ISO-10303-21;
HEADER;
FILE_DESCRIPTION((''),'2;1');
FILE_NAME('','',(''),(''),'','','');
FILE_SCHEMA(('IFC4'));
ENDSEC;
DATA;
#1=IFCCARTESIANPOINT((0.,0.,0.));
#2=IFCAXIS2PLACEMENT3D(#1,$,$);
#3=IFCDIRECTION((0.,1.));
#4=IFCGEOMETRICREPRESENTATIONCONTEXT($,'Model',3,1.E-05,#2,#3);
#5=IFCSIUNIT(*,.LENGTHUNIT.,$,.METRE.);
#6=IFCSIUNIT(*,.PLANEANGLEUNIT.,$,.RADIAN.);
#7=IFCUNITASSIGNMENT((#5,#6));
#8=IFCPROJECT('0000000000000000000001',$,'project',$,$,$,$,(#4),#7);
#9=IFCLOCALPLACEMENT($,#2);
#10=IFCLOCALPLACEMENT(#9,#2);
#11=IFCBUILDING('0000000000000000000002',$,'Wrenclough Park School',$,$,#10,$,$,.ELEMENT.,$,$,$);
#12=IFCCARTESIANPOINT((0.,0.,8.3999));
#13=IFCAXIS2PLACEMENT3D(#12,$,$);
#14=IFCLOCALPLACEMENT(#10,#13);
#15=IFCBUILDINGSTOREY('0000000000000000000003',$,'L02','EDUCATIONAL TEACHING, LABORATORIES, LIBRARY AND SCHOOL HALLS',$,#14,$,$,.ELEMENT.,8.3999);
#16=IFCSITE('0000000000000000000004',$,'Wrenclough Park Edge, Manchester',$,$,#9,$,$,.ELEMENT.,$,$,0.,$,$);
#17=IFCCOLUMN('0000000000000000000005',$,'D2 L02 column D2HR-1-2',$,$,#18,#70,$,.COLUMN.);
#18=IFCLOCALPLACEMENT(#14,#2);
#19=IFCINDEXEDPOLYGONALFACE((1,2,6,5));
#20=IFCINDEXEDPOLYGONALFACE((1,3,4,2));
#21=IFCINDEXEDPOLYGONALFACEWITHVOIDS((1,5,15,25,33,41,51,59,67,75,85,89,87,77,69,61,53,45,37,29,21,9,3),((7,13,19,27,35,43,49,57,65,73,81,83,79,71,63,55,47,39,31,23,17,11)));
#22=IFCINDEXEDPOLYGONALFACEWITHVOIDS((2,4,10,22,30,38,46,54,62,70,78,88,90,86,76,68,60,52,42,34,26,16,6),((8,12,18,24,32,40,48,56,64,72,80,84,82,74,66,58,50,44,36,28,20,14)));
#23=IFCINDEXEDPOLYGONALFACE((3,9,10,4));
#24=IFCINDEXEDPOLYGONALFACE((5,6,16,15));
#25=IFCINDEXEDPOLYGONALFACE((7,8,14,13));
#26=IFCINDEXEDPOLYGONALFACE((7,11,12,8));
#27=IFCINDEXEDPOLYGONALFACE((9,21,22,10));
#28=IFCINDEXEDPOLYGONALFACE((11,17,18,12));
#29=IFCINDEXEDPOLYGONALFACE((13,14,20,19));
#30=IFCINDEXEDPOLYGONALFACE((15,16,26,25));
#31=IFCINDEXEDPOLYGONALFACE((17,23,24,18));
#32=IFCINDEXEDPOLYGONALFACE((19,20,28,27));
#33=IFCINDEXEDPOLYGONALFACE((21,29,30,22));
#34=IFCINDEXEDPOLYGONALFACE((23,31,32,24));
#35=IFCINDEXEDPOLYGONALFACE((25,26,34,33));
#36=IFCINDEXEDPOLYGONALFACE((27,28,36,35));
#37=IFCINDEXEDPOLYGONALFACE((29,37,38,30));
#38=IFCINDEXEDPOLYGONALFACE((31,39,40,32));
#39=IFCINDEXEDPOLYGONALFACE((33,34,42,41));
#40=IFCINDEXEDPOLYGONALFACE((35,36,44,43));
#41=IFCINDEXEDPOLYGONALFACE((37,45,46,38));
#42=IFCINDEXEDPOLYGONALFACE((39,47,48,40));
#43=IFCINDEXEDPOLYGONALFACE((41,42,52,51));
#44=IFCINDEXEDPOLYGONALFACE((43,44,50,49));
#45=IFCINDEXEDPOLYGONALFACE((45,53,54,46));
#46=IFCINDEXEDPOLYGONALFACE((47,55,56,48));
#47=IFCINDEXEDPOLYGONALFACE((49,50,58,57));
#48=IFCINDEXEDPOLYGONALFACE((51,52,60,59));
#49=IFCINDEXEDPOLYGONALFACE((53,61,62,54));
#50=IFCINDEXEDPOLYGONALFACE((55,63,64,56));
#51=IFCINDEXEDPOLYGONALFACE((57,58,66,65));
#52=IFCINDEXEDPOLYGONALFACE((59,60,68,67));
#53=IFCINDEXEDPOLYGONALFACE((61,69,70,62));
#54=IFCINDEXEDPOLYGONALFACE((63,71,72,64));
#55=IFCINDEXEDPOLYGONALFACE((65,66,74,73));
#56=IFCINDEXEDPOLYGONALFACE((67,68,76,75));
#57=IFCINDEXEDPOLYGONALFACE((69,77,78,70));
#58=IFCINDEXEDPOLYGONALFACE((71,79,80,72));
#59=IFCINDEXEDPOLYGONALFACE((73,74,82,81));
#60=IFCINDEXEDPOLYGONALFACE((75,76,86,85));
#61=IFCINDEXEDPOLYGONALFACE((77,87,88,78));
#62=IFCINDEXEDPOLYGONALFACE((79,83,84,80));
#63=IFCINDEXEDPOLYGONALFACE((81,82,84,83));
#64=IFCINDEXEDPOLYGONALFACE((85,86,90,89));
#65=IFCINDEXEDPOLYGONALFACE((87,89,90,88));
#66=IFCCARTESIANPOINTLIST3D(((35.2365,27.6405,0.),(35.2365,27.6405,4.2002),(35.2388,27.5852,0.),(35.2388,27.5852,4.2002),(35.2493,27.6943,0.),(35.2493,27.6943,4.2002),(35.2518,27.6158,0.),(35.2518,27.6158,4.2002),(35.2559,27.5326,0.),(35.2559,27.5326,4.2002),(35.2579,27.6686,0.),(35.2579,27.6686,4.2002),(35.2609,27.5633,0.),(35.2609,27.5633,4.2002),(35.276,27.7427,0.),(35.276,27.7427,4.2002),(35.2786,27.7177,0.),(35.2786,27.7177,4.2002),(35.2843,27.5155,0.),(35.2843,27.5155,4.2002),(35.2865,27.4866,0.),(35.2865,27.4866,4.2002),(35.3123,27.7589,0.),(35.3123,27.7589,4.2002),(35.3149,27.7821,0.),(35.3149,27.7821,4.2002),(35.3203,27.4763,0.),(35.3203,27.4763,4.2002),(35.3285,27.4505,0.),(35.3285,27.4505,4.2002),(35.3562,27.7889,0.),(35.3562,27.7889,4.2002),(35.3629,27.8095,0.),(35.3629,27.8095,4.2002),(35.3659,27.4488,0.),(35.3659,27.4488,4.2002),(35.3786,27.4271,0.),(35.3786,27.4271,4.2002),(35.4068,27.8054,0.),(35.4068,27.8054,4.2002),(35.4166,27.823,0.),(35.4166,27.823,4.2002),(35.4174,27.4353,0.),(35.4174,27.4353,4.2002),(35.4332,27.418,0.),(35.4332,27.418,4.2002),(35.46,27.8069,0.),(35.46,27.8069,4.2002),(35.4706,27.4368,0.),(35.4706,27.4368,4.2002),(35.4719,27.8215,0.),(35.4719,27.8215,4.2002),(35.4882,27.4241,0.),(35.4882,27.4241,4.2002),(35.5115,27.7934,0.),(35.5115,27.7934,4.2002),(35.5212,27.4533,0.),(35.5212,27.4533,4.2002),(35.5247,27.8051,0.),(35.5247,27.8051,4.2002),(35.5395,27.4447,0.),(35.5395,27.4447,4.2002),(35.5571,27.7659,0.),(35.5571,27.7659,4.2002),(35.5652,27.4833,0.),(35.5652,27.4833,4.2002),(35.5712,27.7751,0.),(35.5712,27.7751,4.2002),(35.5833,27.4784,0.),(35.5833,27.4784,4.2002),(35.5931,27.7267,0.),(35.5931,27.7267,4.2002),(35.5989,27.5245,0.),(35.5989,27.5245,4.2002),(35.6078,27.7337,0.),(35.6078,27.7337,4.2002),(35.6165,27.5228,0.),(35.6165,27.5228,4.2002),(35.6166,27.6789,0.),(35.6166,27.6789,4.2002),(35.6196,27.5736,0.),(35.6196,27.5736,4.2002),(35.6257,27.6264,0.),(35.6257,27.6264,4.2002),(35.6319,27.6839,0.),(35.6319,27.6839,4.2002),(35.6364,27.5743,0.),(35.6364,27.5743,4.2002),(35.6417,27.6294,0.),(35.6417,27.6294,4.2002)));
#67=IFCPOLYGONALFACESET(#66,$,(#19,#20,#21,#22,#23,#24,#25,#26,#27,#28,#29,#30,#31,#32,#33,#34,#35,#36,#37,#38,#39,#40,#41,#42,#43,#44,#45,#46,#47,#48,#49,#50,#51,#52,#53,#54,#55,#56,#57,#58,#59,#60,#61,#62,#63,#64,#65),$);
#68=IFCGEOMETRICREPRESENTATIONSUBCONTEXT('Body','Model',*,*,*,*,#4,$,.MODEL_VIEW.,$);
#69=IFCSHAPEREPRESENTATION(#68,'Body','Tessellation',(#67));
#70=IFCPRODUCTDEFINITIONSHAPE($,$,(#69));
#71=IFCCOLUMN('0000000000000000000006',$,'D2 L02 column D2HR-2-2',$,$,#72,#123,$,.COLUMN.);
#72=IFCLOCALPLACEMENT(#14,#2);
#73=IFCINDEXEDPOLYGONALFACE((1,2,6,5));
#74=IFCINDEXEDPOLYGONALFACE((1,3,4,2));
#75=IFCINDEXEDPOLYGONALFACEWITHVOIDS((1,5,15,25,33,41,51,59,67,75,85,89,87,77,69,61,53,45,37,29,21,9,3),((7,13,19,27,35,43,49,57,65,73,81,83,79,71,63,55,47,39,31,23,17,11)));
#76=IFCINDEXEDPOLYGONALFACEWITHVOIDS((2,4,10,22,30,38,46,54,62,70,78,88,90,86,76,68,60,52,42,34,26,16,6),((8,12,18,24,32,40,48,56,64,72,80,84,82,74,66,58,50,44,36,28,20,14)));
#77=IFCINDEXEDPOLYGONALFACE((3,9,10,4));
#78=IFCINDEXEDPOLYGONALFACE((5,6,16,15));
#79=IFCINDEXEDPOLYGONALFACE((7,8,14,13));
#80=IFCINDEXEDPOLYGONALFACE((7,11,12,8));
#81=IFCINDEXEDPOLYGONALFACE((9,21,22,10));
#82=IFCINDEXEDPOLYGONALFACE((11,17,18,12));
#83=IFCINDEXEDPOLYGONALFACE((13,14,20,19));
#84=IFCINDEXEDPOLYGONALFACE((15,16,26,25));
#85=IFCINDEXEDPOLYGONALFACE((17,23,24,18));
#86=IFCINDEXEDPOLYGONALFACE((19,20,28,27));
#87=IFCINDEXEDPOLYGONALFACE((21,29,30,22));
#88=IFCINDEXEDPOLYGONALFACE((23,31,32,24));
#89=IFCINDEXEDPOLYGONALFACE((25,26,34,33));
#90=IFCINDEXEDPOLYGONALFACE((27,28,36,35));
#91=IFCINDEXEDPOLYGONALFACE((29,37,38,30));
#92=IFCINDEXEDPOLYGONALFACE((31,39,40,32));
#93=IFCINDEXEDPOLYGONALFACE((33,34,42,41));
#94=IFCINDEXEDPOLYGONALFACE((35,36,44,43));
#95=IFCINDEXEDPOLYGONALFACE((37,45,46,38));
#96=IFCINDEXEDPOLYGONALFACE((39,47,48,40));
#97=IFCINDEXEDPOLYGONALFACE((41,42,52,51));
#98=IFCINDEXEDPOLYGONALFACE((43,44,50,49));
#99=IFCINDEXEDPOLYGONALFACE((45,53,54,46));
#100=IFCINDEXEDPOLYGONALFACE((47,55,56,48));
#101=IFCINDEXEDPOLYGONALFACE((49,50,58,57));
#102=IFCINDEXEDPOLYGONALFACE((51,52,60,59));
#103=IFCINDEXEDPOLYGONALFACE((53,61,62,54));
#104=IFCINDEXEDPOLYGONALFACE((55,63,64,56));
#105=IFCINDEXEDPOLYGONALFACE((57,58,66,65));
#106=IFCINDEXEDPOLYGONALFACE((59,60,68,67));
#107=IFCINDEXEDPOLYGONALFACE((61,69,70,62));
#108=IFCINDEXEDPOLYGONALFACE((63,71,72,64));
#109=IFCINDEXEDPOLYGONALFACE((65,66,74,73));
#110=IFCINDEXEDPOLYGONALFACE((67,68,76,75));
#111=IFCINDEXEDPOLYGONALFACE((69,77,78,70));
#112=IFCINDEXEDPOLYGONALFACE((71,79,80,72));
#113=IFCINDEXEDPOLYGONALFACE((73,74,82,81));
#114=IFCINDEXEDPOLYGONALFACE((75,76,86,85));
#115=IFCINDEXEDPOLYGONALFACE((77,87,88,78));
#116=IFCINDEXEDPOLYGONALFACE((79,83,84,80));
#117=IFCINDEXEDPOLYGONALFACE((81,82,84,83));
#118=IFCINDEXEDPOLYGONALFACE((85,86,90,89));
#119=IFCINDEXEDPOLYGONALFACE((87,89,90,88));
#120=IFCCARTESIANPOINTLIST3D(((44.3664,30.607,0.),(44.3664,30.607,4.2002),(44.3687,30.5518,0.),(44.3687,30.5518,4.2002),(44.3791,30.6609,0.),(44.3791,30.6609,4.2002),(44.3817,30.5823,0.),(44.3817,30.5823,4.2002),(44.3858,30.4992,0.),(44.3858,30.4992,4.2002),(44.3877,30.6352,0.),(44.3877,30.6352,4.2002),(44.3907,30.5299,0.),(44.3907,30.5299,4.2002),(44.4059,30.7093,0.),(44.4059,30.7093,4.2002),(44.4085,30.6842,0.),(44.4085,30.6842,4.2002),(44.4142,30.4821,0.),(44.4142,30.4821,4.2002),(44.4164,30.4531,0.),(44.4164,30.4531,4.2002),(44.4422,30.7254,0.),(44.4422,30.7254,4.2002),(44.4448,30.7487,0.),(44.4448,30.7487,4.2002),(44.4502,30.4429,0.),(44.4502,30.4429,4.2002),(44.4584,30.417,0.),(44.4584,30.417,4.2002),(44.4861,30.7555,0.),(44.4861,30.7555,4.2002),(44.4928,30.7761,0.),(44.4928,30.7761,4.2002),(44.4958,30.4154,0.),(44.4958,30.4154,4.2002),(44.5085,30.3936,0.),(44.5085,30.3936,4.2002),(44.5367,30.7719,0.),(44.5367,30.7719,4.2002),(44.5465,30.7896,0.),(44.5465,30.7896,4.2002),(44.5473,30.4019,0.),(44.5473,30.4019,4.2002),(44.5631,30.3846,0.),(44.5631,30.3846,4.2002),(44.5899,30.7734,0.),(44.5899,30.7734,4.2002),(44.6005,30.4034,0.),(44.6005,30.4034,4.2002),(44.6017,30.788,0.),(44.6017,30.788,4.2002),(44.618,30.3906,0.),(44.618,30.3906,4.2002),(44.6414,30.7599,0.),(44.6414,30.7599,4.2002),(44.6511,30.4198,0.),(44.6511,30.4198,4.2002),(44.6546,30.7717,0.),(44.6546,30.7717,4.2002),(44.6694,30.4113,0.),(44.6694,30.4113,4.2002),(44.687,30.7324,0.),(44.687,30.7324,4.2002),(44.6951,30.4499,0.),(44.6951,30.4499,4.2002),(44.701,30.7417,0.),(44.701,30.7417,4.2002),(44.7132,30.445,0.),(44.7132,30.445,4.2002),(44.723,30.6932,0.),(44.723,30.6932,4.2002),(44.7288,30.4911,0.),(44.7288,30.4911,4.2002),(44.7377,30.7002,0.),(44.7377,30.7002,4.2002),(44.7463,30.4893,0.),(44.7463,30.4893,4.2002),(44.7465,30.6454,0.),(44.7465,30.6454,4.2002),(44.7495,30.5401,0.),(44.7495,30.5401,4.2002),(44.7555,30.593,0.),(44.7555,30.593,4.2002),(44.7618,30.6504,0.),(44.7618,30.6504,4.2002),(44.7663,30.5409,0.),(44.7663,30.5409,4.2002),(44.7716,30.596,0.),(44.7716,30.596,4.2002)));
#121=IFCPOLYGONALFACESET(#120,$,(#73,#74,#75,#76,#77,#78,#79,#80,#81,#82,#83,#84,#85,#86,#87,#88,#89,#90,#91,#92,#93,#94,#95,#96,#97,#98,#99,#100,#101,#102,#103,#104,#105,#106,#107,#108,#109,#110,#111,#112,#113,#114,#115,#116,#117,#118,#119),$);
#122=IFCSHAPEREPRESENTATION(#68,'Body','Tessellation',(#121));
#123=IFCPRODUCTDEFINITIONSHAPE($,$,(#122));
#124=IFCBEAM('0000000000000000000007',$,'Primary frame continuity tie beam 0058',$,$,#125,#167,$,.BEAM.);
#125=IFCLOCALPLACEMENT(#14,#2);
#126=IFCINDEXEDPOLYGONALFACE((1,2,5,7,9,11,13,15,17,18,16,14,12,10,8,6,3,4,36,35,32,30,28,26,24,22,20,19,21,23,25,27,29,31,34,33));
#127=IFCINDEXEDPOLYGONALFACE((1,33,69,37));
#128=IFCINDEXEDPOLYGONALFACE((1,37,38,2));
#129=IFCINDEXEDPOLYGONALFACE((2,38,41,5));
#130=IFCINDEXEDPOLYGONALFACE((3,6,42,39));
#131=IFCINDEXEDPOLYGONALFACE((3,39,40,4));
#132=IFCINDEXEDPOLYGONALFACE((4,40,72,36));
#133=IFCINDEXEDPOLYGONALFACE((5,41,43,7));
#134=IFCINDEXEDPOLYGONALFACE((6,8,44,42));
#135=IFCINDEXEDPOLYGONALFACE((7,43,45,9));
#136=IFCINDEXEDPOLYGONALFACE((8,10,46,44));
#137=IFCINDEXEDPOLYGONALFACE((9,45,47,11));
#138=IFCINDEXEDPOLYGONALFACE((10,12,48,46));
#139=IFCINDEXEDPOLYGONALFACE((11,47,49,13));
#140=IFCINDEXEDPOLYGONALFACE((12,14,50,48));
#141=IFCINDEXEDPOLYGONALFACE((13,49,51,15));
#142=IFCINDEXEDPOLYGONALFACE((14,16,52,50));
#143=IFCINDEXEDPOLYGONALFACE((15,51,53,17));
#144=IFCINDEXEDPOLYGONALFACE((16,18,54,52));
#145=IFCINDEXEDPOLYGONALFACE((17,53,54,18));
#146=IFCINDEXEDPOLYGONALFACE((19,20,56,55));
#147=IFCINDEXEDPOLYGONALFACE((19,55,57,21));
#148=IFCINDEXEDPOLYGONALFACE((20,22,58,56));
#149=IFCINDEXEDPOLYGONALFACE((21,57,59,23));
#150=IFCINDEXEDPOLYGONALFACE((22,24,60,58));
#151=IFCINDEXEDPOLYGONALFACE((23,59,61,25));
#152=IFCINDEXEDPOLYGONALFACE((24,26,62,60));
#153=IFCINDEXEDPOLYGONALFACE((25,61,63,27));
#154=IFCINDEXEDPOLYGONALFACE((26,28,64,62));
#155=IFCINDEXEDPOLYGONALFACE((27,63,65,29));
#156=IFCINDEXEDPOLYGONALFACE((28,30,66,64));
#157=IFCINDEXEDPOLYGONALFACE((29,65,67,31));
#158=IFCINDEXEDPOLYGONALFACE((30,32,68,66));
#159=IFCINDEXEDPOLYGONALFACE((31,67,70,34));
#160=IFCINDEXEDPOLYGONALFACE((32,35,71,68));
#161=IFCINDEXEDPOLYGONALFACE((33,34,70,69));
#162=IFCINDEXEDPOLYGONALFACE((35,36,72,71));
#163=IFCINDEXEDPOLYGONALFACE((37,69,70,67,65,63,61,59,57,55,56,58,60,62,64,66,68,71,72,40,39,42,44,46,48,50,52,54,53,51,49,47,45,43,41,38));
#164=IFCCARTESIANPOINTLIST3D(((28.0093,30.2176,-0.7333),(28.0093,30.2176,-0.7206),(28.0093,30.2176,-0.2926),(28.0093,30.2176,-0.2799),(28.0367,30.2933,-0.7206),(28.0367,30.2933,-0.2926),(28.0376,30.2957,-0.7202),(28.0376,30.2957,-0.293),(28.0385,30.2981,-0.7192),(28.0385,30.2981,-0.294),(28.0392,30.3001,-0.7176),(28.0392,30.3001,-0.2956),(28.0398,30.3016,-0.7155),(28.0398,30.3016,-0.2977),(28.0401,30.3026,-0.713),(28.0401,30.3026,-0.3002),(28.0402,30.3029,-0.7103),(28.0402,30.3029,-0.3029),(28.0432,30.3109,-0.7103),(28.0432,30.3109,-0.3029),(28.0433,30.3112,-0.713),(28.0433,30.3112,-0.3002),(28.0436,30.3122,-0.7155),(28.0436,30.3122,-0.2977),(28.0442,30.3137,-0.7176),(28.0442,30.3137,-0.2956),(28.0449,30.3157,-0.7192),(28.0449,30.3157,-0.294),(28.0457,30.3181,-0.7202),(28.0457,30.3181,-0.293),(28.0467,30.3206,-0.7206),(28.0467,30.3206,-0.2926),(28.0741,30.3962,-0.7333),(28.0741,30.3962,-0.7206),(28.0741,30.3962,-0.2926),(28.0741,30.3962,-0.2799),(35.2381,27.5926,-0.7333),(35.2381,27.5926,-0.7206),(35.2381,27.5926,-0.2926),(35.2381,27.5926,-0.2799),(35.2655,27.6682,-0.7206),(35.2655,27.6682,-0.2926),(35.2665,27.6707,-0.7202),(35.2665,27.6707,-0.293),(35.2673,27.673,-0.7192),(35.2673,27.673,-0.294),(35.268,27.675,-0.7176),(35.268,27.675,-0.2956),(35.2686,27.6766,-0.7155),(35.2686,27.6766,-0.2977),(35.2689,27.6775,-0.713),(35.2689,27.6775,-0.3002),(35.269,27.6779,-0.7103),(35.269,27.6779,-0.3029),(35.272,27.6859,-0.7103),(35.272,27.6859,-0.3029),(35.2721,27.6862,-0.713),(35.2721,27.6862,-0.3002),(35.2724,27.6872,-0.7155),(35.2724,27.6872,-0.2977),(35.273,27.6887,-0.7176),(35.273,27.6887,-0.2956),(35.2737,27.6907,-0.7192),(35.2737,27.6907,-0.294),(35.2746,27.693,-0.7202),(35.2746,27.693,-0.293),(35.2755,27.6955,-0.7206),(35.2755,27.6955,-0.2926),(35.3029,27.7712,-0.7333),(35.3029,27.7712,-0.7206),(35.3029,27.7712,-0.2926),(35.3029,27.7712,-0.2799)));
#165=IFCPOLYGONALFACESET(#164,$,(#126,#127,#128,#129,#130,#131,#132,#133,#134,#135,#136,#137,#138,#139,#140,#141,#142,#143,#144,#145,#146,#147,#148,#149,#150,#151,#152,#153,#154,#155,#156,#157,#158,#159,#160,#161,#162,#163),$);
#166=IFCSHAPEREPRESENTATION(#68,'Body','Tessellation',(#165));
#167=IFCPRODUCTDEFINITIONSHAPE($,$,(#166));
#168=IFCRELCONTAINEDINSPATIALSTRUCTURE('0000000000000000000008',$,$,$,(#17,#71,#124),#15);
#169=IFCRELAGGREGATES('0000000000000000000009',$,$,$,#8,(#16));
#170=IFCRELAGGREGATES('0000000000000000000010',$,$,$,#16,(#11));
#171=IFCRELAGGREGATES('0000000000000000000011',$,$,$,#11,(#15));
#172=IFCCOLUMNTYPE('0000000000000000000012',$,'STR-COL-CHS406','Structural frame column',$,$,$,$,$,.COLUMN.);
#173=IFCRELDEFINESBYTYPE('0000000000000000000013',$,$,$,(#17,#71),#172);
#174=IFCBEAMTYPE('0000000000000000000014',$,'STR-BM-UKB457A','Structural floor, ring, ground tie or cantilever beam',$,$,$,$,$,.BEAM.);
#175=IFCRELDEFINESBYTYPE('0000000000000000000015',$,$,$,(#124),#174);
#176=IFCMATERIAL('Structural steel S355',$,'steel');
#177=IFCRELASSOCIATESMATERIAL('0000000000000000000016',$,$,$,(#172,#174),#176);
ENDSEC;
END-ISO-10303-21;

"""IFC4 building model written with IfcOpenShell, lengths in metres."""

from ifc_helpers import new_model, si_unit, direction, frame, origin, origin_2d, place, context, subcontext, project, spatial, hollow_circle, i_section, extrude, material, material_profile, profile_set, type_object, element, save


model = new_model("IFC4")

# Units and contexts
model_context = context("Model", 3, precision=1e-05, world=origin(), true_north=direction((0.0, 1.0)))
body_context = subcontext(model_context, "Body", "Model", "MODEL_VIEW")
ifc_project = project(units=[si_unit("LENGTHUNIT", "METRE"), si_unit("PLANEANGLEUNIT", "RADIAN")], contexts=[model_context])

# Site, building, storey
site_placement = place(None, origin())
site = spatial("IfcSite", under=ifc_project, at=site_placement, Name="Wrenclough Park Edge, Manchester", CompositionType="ELEMENT", RefElevation=0.0)
building_placement = place(site_placement, origin())
building = spatial("IfcBuilding", under=site, at=building_placement, Name="Wrenclough Park School", CompositionType="ELEMENT")
storey_placement = place(building_placement, frame((0.0, 0.0, 8.3999)))
storey = spatial("IfcBuildingStorey", under=building, at=storey_placement, Name="L02", Description="EDUCATIONAL TEACHING, LABORATORIES, LIBRARY AND SCHOOL HALLS", CompositionType="ELEMENT", Elevation=8.3999)

# Columns
ifc_material_1 = material(Name="Structural steel S355", Category="steel")
ifc_material_profile_1 = material_profile(ifc_material_1, hollow_circle(Radius=0.2031, WallThickness=0.0161, at=origin_2d()), Name="CHS 406.4x16.0")
ifc_profile_set_1 = profile_set([ifc_material_profile_1], Name="Structural steel S355")
column_type = type_object("IfcColumnType", Name="STR-COL-CHS406", Description="Structural frame column", PredefinedType="COLUMN", material=ifc_profile_set_1)
for number, where, z_axis, x_axis, name in (
    (1, (35.4387, 27.6211, 0.0), (0.0, 0.0, 1.0), (0.951057, 0.309017, 0.0), "D2 L02 column D2HR-1-2"),
    (2, (44.5686, 30.5876, 0.0), (0.0, 0.0, 1.0), (0.951057, 0.309017, 0.0), "D2 L02 column D2HR-2-2"),
):
    element("IfcColumn", number, at=place(storey_placement, frame(where, z_axis=z_axis, x_axis=x_axis)), inside=storey, type_object=column_type, Name=name, PredefinedType="COLUMN", context=body_context, shape_type="SweptSolid", body=[
        extrude(hollow_circle(Radius=0.2031, WallThickness=0.0161, at=origin_2d()), origin(), (0.0, 0.0, 1.0), 4.2002),
    ])

# Beam
ifc_material_profile_2 = material_profile(ifc_material_1, i_section(OverallWidth=0.1899, OverallDepth=0.4534, WebThickness=0.0085, FlangeThickness=0.0127, FilletRadius=0.0103, at=origin_2d()), Name="UKB 457x191x67")
ifc_profile_set_2 = profile_set([ifc_material_profile_2], Name="Structural steel S355")
beam_type_1 = type_object("IfcBeamType", Name="STR-BM-UKB457A", Description="Structural floor, ring, ground tie or cantilever beam", PredefinedType="BEAM", material=ifc_profile_set_2)
beam_1_placement = place(storey_placement, frame((35.2705, 27.6819, -0.5066), z_axis=(-0.939945, 0.341325, 0.0), x_axis=(-0.341325, -0.939945, 0.0)))
element("IfcBeam", 3, at=beam_1_placement, inside=storey, type_object=beam_type_1, Name="Primary frame continuity tie beam 0058", PredefinedType="BEAM", context=body_context, shape_type="SweptSolid", body=[
    extrude(i_section(OverallWidth=0.1899, OverallDepth=0.4534, WebThickness=0.0085, FlangeThickness=0.0127, FilletRadius=0.0103, at=origin_2d()), origin(), (0.0, 0.0, 1.0), 7.6907),
])

save(model, "model.ifc")
